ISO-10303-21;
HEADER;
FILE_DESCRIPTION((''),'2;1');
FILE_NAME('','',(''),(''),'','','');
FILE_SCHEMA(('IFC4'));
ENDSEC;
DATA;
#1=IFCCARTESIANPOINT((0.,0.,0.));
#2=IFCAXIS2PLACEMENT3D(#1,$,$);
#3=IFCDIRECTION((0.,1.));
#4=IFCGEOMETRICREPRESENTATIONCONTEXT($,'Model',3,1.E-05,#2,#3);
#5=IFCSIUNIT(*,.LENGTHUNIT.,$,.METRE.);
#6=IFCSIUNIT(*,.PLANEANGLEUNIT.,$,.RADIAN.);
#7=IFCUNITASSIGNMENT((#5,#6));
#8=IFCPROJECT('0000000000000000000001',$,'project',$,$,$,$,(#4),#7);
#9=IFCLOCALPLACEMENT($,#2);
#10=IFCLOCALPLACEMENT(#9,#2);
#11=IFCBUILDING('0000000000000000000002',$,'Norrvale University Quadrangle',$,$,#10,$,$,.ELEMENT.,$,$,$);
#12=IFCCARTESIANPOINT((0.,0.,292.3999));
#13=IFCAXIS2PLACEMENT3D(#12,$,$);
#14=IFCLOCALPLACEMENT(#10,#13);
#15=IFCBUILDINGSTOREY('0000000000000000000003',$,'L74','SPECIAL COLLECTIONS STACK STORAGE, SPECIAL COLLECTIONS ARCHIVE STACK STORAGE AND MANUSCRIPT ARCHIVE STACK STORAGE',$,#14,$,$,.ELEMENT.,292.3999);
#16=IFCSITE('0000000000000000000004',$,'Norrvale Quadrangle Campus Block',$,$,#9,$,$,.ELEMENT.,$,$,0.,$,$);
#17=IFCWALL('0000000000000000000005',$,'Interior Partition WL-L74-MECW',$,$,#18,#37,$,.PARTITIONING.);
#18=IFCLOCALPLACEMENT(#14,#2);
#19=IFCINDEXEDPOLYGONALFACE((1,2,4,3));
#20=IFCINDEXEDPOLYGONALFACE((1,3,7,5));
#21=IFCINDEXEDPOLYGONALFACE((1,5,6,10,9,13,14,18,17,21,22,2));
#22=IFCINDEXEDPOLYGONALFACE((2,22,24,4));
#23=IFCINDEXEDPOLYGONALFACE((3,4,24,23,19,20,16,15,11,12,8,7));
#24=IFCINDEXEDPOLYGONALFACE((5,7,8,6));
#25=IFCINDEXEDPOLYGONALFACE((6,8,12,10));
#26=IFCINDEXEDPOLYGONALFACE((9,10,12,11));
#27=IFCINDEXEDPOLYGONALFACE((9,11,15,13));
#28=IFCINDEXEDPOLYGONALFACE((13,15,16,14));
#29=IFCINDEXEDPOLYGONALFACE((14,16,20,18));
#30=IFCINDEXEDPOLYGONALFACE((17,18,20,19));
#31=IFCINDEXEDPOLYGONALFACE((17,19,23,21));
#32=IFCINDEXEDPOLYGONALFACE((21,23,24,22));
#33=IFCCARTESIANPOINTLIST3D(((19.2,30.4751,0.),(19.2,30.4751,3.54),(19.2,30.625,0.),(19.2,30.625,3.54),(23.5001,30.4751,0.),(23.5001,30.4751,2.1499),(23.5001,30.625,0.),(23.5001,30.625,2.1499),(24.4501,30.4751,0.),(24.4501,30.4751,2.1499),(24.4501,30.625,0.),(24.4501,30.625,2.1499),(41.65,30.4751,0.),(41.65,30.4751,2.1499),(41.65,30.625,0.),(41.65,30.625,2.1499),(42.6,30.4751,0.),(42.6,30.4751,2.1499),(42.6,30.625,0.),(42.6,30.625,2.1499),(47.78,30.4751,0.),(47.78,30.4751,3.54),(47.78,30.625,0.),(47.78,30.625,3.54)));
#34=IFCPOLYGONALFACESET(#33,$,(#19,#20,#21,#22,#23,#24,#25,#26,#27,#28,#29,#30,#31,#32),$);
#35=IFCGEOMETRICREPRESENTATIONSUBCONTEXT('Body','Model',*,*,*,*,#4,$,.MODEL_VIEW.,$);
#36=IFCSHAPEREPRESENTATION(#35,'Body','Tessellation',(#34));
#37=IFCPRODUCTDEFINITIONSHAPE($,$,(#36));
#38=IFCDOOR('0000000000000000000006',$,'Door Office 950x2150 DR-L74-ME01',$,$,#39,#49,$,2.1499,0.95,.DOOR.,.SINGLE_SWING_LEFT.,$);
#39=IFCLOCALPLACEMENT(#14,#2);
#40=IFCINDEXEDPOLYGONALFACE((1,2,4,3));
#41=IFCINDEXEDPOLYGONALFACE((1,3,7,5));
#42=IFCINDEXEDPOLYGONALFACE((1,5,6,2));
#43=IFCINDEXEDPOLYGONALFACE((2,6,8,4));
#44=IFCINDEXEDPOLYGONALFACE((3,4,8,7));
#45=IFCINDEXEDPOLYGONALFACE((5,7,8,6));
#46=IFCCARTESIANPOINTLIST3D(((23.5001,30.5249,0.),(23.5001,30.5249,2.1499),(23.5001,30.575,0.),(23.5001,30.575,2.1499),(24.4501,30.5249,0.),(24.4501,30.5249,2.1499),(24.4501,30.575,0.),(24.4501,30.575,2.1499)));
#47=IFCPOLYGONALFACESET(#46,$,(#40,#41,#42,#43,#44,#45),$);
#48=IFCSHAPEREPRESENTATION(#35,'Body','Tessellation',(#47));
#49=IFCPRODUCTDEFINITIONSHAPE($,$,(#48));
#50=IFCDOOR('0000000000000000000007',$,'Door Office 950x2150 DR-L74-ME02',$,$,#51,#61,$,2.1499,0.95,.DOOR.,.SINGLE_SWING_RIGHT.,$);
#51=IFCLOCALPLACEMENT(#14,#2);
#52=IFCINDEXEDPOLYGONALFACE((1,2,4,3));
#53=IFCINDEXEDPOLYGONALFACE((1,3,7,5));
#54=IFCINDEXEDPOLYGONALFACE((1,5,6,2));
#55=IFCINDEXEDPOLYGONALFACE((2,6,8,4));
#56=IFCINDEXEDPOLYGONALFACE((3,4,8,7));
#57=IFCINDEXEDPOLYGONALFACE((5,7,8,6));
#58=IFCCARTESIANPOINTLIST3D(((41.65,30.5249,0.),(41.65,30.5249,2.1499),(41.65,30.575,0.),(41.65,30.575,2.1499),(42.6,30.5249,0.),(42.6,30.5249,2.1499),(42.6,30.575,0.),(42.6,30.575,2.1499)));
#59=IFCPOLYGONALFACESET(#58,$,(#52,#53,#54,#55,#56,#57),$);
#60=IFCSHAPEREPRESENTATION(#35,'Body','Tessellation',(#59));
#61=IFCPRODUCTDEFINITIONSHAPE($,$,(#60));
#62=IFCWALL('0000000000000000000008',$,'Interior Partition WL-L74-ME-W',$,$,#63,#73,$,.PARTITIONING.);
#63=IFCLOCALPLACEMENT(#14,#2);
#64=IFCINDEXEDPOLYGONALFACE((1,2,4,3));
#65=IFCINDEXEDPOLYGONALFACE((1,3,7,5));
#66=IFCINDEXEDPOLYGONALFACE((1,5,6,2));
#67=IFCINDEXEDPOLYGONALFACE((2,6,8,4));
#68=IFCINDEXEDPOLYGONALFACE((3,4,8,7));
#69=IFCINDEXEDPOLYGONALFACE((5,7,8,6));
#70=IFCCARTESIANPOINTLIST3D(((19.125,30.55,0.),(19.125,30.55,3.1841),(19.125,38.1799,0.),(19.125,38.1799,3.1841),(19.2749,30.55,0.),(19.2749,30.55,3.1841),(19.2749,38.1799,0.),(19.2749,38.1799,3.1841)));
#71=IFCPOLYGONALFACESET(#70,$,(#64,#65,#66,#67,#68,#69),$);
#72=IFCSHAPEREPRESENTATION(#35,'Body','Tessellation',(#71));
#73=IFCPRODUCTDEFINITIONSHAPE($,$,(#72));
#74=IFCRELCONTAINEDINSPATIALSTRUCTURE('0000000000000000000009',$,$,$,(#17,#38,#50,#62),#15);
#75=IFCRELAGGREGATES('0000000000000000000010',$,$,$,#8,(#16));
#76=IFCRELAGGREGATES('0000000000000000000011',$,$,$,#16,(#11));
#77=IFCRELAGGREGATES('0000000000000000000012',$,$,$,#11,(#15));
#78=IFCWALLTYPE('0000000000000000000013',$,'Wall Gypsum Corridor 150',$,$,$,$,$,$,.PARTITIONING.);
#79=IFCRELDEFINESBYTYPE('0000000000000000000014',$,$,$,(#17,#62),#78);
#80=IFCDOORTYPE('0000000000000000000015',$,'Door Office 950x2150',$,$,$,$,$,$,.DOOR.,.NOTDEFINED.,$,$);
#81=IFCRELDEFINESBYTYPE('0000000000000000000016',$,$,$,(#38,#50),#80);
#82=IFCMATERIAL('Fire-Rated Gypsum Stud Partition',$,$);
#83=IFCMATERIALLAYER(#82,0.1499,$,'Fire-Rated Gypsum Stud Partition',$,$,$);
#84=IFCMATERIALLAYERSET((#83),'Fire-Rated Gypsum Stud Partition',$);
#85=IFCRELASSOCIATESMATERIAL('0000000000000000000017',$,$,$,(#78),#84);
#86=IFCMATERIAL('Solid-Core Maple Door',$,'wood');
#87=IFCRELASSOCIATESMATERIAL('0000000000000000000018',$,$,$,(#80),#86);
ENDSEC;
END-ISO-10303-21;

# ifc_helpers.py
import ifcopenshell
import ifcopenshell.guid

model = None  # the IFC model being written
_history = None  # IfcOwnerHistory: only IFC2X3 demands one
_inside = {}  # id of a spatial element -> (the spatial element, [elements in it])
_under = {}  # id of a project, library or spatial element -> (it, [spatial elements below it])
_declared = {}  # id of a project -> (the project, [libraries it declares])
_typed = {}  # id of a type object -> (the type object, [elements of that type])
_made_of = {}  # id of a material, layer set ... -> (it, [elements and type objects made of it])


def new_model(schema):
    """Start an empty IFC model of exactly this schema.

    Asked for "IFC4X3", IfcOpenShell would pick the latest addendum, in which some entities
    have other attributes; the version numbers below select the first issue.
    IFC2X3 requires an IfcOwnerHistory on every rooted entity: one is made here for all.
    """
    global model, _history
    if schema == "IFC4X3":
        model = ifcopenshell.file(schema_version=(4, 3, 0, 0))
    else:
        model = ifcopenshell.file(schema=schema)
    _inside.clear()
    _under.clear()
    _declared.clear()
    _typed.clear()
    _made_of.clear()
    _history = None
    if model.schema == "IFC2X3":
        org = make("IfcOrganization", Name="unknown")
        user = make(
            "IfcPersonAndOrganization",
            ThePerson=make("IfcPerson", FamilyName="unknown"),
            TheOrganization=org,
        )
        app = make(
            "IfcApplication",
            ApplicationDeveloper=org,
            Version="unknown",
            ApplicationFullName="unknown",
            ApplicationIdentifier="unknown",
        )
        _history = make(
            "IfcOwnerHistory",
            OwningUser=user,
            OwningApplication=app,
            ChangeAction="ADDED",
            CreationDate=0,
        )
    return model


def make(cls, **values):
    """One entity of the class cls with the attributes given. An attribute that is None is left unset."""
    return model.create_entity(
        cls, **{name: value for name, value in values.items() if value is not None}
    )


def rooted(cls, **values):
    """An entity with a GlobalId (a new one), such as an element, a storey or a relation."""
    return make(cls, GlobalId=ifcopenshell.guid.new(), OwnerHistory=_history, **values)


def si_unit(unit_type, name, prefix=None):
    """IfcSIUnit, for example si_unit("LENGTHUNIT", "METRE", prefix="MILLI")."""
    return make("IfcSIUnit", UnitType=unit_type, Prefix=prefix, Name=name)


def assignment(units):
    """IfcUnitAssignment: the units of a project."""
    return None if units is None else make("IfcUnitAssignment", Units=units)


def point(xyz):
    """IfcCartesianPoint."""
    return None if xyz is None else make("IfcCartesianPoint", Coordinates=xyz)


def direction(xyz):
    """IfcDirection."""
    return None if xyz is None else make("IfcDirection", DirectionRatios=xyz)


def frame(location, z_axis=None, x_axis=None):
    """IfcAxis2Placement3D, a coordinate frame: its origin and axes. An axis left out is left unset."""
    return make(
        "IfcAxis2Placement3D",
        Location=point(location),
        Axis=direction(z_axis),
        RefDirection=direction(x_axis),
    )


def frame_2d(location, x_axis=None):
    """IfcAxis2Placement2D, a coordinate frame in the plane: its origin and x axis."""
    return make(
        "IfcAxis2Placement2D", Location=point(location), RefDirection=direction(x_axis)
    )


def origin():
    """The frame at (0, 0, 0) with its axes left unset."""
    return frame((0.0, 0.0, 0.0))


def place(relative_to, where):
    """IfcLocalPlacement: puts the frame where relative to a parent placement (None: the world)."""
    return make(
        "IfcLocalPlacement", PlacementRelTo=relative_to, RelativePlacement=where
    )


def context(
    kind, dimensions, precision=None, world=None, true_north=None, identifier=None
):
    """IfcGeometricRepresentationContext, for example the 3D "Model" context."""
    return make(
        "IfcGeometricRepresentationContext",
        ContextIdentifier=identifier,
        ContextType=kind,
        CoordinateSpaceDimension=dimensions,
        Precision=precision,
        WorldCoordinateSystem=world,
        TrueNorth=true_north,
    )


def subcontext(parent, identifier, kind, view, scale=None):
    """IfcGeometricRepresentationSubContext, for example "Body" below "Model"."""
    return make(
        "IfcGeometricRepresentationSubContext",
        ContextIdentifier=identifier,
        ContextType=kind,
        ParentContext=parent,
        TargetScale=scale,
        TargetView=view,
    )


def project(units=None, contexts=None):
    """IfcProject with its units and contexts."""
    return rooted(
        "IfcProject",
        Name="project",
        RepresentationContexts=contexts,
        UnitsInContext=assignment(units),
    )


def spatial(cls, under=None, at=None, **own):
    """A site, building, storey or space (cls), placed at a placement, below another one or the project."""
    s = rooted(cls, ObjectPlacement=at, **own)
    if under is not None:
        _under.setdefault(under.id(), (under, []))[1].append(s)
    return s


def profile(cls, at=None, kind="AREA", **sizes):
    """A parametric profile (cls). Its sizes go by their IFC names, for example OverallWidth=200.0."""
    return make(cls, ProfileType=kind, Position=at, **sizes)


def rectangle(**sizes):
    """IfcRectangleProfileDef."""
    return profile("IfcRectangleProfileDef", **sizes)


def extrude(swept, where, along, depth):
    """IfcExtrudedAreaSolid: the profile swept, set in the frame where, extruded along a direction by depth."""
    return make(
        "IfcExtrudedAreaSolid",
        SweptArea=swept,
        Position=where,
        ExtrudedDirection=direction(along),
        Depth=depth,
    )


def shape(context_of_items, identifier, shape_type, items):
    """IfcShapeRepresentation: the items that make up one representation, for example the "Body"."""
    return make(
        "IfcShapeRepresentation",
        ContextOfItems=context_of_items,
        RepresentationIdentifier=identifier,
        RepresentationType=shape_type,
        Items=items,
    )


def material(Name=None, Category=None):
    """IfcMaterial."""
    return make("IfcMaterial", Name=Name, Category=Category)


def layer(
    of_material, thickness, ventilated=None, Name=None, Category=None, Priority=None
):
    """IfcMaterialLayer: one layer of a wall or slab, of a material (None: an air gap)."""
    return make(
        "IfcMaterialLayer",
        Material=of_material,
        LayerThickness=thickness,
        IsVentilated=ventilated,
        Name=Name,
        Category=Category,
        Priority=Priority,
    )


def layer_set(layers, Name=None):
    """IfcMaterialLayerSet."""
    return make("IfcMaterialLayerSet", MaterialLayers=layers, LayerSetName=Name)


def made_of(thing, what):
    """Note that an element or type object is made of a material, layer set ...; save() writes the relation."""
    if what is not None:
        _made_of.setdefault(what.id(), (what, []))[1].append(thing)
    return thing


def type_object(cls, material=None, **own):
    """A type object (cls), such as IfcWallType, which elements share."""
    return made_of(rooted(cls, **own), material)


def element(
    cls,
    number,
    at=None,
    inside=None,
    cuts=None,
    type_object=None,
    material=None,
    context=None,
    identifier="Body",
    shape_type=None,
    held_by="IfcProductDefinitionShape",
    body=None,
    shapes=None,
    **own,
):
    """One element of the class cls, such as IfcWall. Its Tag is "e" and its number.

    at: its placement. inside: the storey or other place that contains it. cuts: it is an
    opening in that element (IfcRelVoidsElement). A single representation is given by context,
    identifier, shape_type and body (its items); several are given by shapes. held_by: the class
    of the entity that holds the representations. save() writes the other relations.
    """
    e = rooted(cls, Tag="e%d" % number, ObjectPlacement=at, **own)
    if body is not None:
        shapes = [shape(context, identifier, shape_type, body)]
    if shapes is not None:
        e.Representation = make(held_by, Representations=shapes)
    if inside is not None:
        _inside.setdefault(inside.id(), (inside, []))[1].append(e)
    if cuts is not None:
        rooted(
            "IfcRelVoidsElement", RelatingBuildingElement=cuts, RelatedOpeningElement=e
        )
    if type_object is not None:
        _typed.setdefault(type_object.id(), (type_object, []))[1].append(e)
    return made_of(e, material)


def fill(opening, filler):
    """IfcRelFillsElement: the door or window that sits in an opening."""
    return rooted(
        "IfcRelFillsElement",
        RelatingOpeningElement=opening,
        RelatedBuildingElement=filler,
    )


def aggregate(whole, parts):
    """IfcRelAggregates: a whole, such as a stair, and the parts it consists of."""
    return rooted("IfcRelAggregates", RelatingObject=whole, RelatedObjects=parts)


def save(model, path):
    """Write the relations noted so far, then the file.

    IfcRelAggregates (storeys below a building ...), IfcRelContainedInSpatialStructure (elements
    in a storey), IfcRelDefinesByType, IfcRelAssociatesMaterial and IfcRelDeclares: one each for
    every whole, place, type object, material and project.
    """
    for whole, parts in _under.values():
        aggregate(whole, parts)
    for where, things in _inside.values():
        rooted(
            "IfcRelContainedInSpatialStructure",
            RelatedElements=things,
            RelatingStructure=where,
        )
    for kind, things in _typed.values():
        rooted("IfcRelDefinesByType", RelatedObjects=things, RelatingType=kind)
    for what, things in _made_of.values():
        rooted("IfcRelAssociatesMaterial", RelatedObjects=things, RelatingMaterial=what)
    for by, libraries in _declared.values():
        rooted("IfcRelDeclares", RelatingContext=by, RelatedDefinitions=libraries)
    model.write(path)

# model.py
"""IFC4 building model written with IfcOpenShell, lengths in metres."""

from ifc_helpers import new_model, si_unit, direction, frame, frame_2d, origin, place, context, subcontext, project, spatial, rectangle, extrude, material, layer, layer_set, type_object, element, fill, save


model = new_model("IFC4")

# Units and contexts
model_context = context("Model", 3, precision=1e-05, world=origin(), true_north=direction((0.0, 1.0)))
body_context = subcontext(model_context, "Body", "Model", "MODEL_VIEW")
ifc_project = project(units=[si_unit("LENGTHUNIT", "METRE"), si_unit("PLANEANGLEUNIT", "RADIAN")], contexts=[model_context])

# Site, building, storey
site_placement = place(None, origin())
site = spatial("IfcSite", under=ifc_project, at=site_placement, Name="Norrvale Quadrangle Campus Block", CompositionType="ELEMENT", RefElevation=0.0)
building_placement = place(site_placement, origin())
building = spatial("IfcBuilding", under=site, at=building_placement, Name="Norrvale University Quadrangle", CompositionType="ELEMENT")
storey_placement = place(building_placement, frame((0.0, 0.0, 292.3999)))
storey = spatial("IfcBuildingStorey", under=building, at=storey_placement, Name="L74", Description="SPECIAL COLLECTIONS STACK STORAGE, SPECIAL COLLECTIONS ARCHIVE STACK STORAGE AND MANUSCRIPT ARCHIVE STACK STORAGE", CompositionType="ELEMENT", Elevation=292.3999)

# Shared definitions
ifc_material_1 = material(Name="Fire-Rated Gypsum Stud Partition")
ifc_layer_1 = layer(ifc_material_1, 0.1499, Name="Fire-Rated Gypsum Stud Partition")
ifc_layer_set_1 = layer_set([ifc_layer_1], Name="Fire-Rated Gypsum Stud Partition")
wall_type_1 = type_object("IfcWallType", Name="Wall Gypsum Corridor 150", PredefinedType="PARTITIONING", material=ifc_layer_set_1)
ifc_material_2 = material(Name="Solid-Core Maple Door", Category="wood")
door_type = type_object("IfcDoorType", Name="Door Office 950x2150", OperationType="NOTDEFINED", PredefinedType="DOOR", material=ifc_material_2)

# Wall, openings, doors
wall_1_placement = place(storey_placement, frame((19.2, 30.55, 0.0), z_axis=(0.0, 0.0, 1.0), x_axis=(1.0, 0.0, 0.0)))
wall_1 = element("IfcWall", 1, at=wall_1_placement, inside=storey, type_object=wall_type_1, Name="Interior Partition WL-L74-MECW", PredefinedType="PARTITIONING", context=body_context, shape_type="SweptSolid", body=[
    extrude(rectangle(XDim=28.5801, YDim=0.1499, at=frame_2d((14.29, 0.0))), origin(), (0.0, 0.0, 1.0), 3.54),
])
opening_1_placement = place(wall_1_placement, frame((4.3, 0.0, 0.0)))
opening_1 = element("IfcOpeningElement", 2, at=opening_1_placement, cuts=wall_1, PredefinedType="OPENING", context=body_context, shape_type="SweptSolid", body=[
    extrude(rectangle(XDim=0.95, YDim=2.1499, at=frame_2d((0.4751, 1.075))), frame((0.0, 0.0869, 0.0), z_axis=(0.0, -1.0, 0.0), x_axis=(1.0, 0.0, 0.0)), (0.0, 0.0, 1.0), 0.1738),
])
opening_2_placement = place(wall_1_placement, frame((22.45, 0.0, 0.0)))
opening_2 = element("IfcOpeningElement", 3, at=opening_2_placement, cuts=wall_1, PredefinedType="OPENING", context=body_context, shape_type="SweptSolid", body=[
    extrude(rectangle(XDim=0.95, YDim=2.1499, at=frame_2d((0.4751, 1.075))), frame((0.0, 0.0869, 0.0), z_axis=(0.0, -1.0, 0.0), x_axis=(1.0, 0.0, 0.0)), (0.0, 0.0, 1.0), 0.1738),
])
door_1_placement = place(opening_1_placement, origin())
door_1 = element("IfcDoor", 4, at=door_1_placement, inside=storey, type_object=door_type, Name="Door Office 950x2150 DR-L74-ME01", OperationType="SINGLE_SWING_LEFT", OverallHeight=2.1499, OverallWidth=0.95, PredefinedType="DOOR", context=body_context, shape_type="SweptSolid", body=[
    extrude(rectangle(XDim=0.95, YDim=2.1499, at=frame_2d((0.4751, 1.075))), frame((0.0, 0.0249, 0.0), z_axis=(0.0, -1.0, 0.0), x_axis=(1.0, 0.0, 0.0)), (0.0, 0.0, 1.0), 0.05),
])
fill(opening_1, door_1)
door_2_placement = place(opening_2_placement, origin())
door_2 = element("IfcDoor", 5, at=door_2_placement, inside=storey, type_object=door_type, Name="Door Office 950x2150 DR-L74-ME02", OperationType="SINGLE_SWING_RIGHT", OverallHeight=2.1499, OverallWidth=0.95, PredefinedType="DOOR", context=body_context, shape_type="SweptSolid", body=[
    extrude(rectangle(XDim=0.95, YDim=2.1499, at=frame_2d((0.4751, 1.075))), frame((0.0, 0.0249, 0.0), z_axis=(0.0, -1.0, 0.0), x_axis=(1.0, 0.0, 0.0)), (0.0, 0.0, 1.0), 0.05),
])
fill(opening_2, door_2)

# Wall
wall_2_placement = place(storey_placement, frame((19.2, 30.55, 0.0), z_axis=(0.0, 0.0, 1.0), x_axis=(0.0, 1.0, 0.0)))
element("IfcWall", 6, at=wall_2_placement, inside=storey, type_object=wall_type_1, Name="Interior Partition WL-L74-ME-W", PredefinedType="PARTITIONING", context=body_context, shape_type="SweptSolid", body=[
    extrude(rectangle(XDim=7.6299, YDim=0.1499, at=frame_2d((3.8149, 0.0))), origin(), (0.0, 0.0, 1.0), 3.1841),
])

save(model, "model.ifc")
